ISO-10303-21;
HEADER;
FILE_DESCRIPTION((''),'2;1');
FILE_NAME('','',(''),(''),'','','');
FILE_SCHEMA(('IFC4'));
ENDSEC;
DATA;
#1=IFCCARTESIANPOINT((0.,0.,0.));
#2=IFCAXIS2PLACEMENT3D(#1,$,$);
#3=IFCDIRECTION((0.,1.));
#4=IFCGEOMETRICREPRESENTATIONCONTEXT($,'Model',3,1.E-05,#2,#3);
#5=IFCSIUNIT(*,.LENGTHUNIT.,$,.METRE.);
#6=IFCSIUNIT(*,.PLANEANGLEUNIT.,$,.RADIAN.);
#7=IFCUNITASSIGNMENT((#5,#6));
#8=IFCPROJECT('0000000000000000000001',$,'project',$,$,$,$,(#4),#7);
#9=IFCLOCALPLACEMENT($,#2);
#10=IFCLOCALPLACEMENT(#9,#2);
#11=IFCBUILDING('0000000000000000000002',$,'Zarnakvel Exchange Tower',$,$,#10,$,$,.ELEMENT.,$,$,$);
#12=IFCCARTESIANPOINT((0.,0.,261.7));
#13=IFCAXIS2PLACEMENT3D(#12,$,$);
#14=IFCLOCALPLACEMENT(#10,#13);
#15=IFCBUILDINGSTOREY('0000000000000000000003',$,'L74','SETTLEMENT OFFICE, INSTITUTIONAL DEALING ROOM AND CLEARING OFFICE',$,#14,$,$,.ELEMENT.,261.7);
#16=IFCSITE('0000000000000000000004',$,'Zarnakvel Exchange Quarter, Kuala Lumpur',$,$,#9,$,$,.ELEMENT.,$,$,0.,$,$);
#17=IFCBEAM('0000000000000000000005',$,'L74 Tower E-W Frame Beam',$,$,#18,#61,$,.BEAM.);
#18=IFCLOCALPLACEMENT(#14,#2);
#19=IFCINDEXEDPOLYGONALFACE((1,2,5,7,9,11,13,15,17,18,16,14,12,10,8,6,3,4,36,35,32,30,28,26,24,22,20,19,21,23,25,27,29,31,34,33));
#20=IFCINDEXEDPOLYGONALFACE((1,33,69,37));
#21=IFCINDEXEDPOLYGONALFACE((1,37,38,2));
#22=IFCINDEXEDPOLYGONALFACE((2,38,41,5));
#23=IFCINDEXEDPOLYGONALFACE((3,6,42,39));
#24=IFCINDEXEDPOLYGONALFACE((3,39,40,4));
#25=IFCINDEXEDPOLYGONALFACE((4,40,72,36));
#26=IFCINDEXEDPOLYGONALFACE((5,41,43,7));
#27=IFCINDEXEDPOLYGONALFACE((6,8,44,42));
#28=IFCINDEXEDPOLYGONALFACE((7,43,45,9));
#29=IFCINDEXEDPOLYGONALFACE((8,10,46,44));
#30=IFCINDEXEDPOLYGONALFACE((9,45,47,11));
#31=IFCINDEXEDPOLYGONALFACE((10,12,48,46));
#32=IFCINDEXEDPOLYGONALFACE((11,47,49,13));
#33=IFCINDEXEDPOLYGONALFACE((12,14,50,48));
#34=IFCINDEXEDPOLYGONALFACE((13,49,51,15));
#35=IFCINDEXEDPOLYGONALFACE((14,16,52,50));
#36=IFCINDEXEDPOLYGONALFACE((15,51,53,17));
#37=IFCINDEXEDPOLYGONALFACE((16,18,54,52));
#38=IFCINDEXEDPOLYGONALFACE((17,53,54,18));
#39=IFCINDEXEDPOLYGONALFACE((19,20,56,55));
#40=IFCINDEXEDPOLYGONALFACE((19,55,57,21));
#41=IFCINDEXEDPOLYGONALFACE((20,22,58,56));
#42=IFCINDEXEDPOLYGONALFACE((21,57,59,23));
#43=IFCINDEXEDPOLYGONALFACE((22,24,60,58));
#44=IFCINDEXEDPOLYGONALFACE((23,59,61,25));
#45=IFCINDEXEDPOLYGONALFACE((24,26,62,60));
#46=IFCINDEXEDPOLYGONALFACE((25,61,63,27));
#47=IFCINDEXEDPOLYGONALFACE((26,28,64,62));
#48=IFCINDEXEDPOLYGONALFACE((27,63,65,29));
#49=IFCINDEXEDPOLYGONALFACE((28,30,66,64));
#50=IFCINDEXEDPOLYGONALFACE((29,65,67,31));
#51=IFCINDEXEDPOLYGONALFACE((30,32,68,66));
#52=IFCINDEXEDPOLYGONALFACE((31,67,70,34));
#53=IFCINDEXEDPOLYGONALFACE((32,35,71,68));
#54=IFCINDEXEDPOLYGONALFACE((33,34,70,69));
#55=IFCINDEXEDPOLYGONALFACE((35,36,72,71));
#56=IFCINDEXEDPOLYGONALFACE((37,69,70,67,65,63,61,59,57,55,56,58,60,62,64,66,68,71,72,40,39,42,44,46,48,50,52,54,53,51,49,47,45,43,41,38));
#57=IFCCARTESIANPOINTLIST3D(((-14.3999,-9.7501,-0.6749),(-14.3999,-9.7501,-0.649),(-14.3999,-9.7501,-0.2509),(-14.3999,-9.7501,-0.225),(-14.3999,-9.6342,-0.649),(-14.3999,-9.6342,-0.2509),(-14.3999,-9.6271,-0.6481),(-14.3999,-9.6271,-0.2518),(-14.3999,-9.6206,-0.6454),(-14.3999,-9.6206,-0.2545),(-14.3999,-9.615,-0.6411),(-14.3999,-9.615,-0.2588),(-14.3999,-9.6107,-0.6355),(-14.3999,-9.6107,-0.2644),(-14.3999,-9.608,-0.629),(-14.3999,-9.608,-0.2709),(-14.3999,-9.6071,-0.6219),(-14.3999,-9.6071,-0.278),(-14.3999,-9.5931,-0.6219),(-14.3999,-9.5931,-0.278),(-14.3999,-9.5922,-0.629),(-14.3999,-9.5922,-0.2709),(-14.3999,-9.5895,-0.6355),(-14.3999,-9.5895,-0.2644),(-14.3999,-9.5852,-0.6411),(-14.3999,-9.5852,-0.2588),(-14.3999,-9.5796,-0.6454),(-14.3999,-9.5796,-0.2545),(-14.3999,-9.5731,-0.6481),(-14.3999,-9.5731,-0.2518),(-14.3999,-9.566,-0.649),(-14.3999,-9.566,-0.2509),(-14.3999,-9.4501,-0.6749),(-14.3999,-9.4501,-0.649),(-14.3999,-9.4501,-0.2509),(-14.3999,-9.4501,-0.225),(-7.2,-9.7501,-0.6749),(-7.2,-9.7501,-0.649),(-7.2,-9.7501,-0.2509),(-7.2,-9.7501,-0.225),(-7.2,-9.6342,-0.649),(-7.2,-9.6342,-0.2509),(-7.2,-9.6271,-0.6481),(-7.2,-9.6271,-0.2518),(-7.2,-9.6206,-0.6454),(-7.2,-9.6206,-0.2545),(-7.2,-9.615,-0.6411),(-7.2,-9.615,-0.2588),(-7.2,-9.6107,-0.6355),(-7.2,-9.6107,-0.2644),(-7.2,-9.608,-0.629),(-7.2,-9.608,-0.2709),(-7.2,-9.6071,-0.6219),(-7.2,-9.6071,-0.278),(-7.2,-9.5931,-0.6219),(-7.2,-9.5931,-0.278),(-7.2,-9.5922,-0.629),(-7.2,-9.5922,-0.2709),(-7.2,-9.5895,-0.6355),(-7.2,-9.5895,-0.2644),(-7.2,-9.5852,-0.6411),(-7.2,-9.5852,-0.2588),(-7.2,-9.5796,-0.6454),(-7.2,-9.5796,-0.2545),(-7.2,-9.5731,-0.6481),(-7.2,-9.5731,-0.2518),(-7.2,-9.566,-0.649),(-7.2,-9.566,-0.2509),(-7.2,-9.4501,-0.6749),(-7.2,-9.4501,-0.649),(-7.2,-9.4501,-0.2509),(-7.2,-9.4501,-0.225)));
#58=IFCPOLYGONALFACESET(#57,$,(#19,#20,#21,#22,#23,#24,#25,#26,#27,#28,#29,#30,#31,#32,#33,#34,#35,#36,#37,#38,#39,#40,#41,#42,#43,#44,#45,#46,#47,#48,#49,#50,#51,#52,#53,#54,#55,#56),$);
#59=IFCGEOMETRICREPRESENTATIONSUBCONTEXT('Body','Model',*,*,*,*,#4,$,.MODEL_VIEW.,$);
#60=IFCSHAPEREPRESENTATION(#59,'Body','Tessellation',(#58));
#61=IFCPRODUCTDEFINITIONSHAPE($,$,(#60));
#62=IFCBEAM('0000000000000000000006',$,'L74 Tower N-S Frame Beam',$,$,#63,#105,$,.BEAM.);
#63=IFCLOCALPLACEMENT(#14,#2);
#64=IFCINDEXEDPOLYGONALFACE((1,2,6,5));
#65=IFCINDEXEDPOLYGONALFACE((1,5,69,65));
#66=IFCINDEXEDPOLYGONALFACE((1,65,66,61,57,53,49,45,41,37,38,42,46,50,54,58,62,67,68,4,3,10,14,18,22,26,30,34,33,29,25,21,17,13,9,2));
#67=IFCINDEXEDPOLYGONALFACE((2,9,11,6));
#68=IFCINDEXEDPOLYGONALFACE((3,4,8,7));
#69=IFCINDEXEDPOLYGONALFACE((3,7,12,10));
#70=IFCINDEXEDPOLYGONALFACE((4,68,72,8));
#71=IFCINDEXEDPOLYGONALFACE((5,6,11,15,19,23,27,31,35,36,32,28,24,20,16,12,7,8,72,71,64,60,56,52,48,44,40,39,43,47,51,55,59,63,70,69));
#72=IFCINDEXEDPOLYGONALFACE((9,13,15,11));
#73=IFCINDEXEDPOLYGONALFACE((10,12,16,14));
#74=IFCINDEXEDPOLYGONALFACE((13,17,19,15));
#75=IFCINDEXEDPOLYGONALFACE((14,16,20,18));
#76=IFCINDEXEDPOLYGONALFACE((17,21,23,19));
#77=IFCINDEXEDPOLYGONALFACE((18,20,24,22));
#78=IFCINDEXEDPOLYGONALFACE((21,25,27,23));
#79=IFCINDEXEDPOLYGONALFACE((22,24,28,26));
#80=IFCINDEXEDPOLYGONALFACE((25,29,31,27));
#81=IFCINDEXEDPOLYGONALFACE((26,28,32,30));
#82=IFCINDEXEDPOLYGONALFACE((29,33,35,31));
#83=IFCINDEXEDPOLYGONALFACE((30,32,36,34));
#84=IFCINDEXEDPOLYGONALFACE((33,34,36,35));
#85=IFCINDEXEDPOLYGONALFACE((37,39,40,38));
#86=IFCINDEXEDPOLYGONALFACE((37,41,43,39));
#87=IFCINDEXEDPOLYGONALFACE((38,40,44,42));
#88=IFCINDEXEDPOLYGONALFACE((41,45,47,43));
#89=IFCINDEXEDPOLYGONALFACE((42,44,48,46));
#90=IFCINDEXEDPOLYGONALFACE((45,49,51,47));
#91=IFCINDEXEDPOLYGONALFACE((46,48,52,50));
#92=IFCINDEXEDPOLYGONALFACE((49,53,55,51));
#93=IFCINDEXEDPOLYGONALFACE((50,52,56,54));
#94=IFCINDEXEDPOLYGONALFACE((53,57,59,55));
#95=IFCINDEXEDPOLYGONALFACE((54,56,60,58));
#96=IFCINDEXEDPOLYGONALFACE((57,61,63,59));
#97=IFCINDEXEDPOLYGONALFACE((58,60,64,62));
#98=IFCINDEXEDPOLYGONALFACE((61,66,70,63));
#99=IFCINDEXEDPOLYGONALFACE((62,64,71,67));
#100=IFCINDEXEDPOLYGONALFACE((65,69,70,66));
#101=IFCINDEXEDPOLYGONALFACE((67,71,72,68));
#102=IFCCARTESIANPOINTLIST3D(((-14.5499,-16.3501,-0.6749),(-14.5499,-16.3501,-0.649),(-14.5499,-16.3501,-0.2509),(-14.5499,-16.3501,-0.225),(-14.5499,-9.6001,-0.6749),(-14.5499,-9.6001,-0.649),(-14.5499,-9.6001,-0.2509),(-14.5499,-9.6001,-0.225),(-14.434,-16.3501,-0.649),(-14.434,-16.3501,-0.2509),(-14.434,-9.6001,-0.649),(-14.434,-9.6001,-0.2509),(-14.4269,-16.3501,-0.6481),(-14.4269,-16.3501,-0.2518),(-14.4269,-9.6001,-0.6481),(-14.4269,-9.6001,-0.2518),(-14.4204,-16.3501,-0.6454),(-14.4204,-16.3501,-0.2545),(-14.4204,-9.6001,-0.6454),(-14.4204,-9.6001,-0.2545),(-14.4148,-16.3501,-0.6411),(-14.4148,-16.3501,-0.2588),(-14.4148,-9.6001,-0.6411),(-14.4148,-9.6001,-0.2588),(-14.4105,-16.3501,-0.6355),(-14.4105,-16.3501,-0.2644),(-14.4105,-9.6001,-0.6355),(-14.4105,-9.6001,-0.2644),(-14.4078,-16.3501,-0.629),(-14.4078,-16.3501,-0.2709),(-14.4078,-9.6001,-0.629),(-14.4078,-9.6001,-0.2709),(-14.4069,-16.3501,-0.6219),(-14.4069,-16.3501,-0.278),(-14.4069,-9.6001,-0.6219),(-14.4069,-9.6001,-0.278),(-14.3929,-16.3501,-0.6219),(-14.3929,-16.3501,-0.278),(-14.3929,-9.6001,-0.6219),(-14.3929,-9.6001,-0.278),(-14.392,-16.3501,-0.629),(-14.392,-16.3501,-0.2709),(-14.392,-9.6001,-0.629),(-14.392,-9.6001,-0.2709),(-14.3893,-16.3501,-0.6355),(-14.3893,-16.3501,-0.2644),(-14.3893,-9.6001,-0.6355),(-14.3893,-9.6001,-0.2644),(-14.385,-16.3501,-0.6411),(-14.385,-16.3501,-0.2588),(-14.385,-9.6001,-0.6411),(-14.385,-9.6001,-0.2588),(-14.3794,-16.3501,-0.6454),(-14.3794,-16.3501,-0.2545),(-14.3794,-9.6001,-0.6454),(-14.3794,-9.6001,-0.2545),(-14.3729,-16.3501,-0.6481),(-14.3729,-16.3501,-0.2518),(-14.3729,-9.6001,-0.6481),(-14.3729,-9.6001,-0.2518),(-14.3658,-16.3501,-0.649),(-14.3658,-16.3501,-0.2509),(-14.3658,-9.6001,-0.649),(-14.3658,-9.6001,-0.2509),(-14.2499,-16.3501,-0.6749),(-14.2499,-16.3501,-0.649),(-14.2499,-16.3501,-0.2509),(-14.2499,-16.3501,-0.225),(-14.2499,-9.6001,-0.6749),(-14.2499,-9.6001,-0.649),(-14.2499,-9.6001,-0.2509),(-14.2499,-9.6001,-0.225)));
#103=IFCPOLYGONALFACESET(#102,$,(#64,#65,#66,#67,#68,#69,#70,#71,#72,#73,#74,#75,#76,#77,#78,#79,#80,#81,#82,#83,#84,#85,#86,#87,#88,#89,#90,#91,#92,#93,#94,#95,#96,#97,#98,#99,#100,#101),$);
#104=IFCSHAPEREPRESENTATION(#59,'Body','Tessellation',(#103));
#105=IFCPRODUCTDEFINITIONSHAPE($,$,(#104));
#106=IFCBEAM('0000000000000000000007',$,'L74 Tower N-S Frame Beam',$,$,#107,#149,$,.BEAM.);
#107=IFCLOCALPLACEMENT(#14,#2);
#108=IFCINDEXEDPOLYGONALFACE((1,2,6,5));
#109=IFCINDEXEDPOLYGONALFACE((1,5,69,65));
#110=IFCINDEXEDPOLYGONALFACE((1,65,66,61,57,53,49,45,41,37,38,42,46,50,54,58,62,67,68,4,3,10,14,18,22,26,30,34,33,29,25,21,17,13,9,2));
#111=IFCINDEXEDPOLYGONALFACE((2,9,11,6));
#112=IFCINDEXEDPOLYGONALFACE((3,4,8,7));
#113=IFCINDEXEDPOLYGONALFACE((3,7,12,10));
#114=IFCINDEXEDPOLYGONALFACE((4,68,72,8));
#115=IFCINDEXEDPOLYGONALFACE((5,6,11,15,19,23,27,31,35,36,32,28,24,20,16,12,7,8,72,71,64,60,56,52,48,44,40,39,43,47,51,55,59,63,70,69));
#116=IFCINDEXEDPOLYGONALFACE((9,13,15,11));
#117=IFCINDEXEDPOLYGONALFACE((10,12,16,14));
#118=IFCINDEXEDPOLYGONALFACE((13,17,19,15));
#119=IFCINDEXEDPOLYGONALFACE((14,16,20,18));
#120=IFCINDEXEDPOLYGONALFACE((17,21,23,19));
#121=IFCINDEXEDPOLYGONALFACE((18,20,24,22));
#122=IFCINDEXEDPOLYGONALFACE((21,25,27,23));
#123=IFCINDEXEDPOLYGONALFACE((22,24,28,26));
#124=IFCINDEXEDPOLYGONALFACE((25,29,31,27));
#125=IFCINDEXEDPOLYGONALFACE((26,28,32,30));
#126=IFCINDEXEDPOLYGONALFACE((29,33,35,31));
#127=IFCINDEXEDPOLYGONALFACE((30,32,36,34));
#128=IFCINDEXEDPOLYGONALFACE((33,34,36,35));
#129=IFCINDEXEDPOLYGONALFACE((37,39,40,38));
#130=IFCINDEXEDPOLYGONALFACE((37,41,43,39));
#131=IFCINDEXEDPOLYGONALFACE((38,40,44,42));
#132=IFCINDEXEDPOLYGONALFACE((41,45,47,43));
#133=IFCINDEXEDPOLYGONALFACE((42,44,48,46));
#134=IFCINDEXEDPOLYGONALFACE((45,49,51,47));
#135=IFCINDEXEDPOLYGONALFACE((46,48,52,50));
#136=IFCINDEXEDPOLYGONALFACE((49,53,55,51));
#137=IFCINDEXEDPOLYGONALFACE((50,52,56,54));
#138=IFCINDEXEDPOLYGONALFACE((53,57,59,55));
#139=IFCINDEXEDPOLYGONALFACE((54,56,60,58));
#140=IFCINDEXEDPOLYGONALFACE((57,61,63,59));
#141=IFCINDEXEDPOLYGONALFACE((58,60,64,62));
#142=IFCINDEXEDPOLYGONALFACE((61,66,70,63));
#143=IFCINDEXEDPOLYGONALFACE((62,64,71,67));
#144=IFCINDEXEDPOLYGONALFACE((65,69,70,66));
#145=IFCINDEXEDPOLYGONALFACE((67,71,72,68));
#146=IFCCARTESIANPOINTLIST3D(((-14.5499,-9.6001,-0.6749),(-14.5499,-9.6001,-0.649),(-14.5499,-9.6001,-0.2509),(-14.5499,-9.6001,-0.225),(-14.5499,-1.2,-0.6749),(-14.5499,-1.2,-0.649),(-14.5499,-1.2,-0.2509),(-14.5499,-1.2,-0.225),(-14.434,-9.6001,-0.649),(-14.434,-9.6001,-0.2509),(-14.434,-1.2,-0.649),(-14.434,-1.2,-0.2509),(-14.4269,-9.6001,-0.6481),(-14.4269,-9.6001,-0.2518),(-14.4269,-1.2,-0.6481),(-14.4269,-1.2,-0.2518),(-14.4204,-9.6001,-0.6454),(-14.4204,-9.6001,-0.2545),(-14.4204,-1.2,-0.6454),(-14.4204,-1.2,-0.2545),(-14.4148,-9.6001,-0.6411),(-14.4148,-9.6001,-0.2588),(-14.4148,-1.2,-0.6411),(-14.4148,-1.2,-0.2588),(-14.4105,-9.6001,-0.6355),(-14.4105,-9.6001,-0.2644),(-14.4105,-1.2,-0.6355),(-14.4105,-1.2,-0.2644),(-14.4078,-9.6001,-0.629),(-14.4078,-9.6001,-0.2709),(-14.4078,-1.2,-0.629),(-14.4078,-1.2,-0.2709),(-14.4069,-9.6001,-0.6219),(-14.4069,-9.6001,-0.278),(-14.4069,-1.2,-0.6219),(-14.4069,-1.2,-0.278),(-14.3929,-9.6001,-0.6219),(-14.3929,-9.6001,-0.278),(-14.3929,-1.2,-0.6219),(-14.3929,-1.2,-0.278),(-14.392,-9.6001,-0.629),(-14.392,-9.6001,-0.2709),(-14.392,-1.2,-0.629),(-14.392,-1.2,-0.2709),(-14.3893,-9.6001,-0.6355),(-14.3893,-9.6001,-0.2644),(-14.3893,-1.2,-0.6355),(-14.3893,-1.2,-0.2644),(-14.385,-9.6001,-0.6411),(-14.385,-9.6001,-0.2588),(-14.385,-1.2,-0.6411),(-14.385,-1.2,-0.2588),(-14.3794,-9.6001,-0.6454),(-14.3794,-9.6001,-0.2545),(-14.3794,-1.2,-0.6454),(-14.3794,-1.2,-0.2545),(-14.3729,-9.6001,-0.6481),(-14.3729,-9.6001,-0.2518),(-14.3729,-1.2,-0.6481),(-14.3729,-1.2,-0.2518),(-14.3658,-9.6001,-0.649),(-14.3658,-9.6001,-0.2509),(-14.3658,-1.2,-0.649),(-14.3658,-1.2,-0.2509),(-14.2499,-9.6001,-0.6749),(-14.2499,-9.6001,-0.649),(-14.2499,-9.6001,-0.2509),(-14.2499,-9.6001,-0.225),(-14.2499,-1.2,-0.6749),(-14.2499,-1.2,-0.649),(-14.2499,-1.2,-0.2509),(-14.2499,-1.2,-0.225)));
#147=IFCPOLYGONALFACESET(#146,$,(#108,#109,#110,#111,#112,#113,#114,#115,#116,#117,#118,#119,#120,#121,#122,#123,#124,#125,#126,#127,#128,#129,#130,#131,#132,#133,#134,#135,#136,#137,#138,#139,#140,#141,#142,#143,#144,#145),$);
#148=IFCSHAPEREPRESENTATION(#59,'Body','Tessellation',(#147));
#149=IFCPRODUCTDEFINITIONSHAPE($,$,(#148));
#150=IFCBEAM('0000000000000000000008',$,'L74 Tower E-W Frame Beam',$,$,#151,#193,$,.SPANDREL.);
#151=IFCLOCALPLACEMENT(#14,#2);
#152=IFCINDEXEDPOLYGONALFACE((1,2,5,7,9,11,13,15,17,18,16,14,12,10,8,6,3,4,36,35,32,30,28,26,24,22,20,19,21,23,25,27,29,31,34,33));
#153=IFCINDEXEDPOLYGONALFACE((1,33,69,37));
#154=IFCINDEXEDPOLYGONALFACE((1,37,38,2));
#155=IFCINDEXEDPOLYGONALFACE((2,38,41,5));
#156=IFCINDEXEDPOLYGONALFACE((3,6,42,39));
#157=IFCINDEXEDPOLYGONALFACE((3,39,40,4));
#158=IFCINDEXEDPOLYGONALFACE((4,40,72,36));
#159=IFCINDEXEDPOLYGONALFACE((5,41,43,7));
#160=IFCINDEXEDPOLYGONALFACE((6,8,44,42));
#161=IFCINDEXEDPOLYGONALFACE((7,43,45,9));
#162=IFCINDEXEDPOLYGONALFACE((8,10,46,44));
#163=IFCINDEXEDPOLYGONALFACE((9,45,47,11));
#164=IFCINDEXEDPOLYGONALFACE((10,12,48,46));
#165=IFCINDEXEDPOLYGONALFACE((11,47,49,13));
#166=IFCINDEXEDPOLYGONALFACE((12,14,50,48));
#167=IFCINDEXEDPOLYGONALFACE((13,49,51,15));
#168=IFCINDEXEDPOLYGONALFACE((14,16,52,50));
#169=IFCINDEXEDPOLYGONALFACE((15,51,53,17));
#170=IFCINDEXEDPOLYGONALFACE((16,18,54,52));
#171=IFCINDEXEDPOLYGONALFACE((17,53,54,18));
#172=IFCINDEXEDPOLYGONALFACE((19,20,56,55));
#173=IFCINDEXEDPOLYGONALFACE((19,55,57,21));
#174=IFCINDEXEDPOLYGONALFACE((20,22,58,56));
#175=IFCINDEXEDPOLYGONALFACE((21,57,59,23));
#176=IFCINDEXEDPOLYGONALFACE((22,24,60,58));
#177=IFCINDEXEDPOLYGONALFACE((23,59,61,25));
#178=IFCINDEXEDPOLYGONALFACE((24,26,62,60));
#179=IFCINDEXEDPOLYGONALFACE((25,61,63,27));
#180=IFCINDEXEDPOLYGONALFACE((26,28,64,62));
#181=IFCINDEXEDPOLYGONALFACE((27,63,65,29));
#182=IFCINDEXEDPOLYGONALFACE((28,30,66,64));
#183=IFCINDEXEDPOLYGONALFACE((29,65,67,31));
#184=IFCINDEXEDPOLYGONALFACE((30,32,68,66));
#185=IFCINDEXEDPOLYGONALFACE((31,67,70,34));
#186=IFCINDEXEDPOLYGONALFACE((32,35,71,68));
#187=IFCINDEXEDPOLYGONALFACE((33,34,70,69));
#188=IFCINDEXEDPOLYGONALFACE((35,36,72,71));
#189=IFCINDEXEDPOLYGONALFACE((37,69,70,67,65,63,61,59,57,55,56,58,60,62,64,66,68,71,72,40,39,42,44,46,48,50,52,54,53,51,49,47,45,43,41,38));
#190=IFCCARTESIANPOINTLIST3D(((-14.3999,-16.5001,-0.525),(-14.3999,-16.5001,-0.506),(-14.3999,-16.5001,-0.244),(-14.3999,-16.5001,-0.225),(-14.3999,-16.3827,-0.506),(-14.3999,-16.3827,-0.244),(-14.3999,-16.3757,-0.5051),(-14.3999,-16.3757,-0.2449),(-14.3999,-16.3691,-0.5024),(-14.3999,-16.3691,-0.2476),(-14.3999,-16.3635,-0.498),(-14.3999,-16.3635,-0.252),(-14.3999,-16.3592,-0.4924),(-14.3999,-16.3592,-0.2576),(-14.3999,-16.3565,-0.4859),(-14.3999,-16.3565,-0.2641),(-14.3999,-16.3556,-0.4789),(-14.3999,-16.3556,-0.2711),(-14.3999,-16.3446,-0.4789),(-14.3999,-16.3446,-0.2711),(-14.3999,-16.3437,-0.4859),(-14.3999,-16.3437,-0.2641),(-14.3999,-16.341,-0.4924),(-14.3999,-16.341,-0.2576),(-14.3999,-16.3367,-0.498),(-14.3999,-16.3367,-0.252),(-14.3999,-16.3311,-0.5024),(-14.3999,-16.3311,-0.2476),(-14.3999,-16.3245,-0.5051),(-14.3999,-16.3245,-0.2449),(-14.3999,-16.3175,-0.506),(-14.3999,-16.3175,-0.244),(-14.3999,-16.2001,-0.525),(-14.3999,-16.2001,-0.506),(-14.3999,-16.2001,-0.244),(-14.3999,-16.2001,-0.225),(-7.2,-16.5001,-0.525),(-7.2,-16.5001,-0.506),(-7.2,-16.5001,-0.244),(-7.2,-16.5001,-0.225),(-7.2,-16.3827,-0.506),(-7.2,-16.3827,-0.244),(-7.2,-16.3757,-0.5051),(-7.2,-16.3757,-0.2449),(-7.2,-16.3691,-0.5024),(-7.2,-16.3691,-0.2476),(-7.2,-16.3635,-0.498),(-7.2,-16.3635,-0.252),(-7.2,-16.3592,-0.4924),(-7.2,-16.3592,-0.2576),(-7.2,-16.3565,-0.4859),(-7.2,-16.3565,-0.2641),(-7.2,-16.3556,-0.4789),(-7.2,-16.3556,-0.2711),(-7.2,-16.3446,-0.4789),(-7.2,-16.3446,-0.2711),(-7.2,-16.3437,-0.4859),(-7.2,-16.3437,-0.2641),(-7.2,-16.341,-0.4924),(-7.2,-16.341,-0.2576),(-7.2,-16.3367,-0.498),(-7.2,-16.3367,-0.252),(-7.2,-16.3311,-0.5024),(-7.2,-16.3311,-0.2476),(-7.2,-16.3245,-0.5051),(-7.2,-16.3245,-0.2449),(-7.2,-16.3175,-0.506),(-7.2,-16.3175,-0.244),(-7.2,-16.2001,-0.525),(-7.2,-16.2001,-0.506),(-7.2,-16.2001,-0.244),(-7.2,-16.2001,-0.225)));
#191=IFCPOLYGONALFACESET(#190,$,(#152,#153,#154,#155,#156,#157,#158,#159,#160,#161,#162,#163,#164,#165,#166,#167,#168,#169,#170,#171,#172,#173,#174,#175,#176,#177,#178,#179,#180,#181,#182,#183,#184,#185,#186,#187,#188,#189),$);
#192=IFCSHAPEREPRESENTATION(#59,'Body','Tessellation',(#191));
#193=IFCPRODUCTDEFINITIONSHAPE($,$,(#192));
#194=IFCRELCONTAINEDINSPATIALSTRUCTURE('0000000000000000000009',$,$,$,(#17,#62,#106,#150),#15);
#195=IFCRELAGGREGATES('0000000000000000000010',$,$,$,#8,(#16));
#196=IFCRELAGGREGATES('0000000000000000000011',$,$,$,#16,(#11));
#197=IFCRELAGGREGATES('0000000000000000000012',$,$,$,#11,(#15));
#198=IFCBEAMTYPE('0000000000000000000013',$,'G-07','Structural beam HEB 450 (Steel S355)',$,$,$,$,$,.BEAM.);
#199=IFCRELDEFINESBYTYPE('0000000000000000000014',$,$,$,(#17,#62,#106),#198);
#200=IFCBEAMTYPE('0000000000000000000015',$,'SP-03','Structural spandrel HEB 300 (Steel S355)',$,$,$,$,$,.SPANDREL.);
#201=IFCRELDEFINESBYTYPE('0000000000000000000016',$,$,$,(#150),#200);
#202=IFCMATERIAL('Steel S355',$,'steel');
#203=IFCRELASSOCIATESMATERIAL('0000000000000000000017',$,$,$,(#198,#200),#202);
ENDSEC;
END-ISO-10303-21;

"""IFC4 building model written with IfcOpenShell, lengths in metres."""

from ifc_helpers import new_model, si_unit, direction, frame, origin, origin_2d, place, context, subcontext, project, spatial, i_section, extrude, material, material_profile, profile_set, type_object, element, save


model = new_model("IFC4")

# Units and contexts
model_context = context("Model", 3, precision=1e-05, world=origin(), true_north=direction((0.0, 1.0)))
body_context = subcontext(model_context, "Body", "Model", "MODEL_VIEW")
ifc_project = project(units=[si_unit("LENGTHUNIT", "METRE"), si_unit("PLANEANGLEUNIT", "RADIAN")], contexts=[model_context])

# Site, building, storey
site_placement = place(None, origin())
site = spatial("IfcSite", under=ifc_project, at=site_placement, Name="Zarnakvel Exchange Quarter, Kuala Lumpur", CompositionType="ELEMENT", RefElevation=0.0)
building_placement = place(site_placement, origin())
building = spatial("IfcBuilding", under=site, at=building_placement, Name="Zarnakvel Exchange Tower", CompositionType="ELEMENT")
storey_placement = place(building_placement, frame((0.0, 0.0, 261.7)))
storey = spatial("IfcBuildingStorey", under=building, at=storey_placement, Name="L74", Description="SETTLEMENT OFFICE, INSTITUTIONAL DEALING ROOM AND CLEARING OFFICE", CompositionType="ELEMENT", Elevation=261.7)

# Shared definitions
ifc_material_1 = material(Name="Steel S355", Category="steel")

# Beams
ifc_material_profile_1 = material_profile(ifc_material_1, i_section(OverallWidth=0.3, OverallDepth=0.45, WebThickness=0.0139, FlangeThickness=0.0259, FilletRadius=0.0271, at=origin_2d()))
ifc_profile_set_1 = profile_set([ifc_material_profile_1], Name="Steel S355")
beam_type_1 = type_object("IfcBeamType", Name="G-07", Description="Structural beam HEB 450 (Steel S355)", PredefinedType="BEAM", material=ifc_profile_set_1)
beam_1_placement = place(storey_placement, frame((-14.3999, -9.6001, -0.45), z_axis=(1.0, 0.0, 0.0), x_axis=(0.0, 1.0, 0.0)))
element("IfcBeam", 1, at=beam_1_placement, inside=storey, type_object=beam_type_1, Name="L74 Tower E-W Frame Beam", PredefinedType="BEAM", context=body_context, shape_type="SweptSolid", body=[
    extrude(i_section(OverallWidth=0.3, OverallDepth=0.45, WebThickness=0.0139, FlangeThickness=0.0259, FilletRadius=0.0271, at=origin_2d()), origin(), (0.0, 0.0, 1.0), 7.2),
])
beam_2_placement = place(storey_placement, frame((-14.3999, -16.3501, -0.45), z_axis=(0.0, 1.0, 0.0), x_axis=(-1.0, 0.0, 0.0)))
element("IfcBeam", 2, at=beam_2_placement, inside=storey, type_object=beam_type_1, Name="L74 Tower N-S Frame Beam", PredefinedType="BEAM", context=body_context, shape_type="SweptSolid", body=[
    extrude(i_section(OverallWidth=0.3, OverallDepth=0.45, WebThickness=0.0139, FlangeThickness=0.0259, FilletRadius=0.0271, at=origin_2d()), origin(), (0.0, 0.0, 1.0), 6.75),
])
beam_3_placement = place(storey_placement, frame((-14.3999, -9.6001, -0.45), z_axis=(0.0, 1.0, 0.0), x_axis=(-1.0, 0.0, 0.0)))
element("IfcBeam", 3, at=beam_3_placement, inside=storey, type_object=beam_type_1, Name="L74 Tower N-S Frame Beam", PredefinedType="BEAM", context=body_context, shape_type="SweptSolid", body=[
    extrude(i_section(OverallWidth=0.3, OverallDepth=0.45, WebThickness=0.0139, FlangeThickness=0.0259, FilletRadius=0.0271, at=origin_2d()), origin(), (0.0, 0.0, 1.0), 8.4001),
])
ifc_material_profile_2 = material_profile(ifc_material_1, i_section(OverallWidth=0.3, OverallDepth=0.3, WebThickness=0.011, FlangeThickness=0.019, FilletRadius=0.0271, at=origin_2d()))
ifc_profile_set_2 = profile_set([ifc_material_profile_2], Name="Steel S355")
beam_type_2 = type_object("IfcBeamType", Name="SP-03", Description="Structural spandrel HEB 300 (Steel S355)", PredefinedType="SPANDREL", material=ifc_profile_set_2)
beam_4_placement = place(storey_placement, frame((-14.3999, -16.3501, -0.375), z_axis=(1.0, 0.0, 0.0), x_axis=(0.0, 1.0, 0.0)))
element("IfcBeam", 4, at=beam_4_placement, inside=storey, type_object=beam_type_2, Name="L74 Tower E-W Frame Beam", PredefinedType="SPANDREL", context=body_context, shape_type="SweptSolid", body=[
    extrude(i_section(OverallWidth=0.3, OverallDepth=0.3, WebThickness=0.011, FlangeThickness=0.019, FilletRadius=0.0271, at=origin_2d()), origin(), (0.0, 0.0, 1.0), 7.2),
])

save(model, "model.ifc")
